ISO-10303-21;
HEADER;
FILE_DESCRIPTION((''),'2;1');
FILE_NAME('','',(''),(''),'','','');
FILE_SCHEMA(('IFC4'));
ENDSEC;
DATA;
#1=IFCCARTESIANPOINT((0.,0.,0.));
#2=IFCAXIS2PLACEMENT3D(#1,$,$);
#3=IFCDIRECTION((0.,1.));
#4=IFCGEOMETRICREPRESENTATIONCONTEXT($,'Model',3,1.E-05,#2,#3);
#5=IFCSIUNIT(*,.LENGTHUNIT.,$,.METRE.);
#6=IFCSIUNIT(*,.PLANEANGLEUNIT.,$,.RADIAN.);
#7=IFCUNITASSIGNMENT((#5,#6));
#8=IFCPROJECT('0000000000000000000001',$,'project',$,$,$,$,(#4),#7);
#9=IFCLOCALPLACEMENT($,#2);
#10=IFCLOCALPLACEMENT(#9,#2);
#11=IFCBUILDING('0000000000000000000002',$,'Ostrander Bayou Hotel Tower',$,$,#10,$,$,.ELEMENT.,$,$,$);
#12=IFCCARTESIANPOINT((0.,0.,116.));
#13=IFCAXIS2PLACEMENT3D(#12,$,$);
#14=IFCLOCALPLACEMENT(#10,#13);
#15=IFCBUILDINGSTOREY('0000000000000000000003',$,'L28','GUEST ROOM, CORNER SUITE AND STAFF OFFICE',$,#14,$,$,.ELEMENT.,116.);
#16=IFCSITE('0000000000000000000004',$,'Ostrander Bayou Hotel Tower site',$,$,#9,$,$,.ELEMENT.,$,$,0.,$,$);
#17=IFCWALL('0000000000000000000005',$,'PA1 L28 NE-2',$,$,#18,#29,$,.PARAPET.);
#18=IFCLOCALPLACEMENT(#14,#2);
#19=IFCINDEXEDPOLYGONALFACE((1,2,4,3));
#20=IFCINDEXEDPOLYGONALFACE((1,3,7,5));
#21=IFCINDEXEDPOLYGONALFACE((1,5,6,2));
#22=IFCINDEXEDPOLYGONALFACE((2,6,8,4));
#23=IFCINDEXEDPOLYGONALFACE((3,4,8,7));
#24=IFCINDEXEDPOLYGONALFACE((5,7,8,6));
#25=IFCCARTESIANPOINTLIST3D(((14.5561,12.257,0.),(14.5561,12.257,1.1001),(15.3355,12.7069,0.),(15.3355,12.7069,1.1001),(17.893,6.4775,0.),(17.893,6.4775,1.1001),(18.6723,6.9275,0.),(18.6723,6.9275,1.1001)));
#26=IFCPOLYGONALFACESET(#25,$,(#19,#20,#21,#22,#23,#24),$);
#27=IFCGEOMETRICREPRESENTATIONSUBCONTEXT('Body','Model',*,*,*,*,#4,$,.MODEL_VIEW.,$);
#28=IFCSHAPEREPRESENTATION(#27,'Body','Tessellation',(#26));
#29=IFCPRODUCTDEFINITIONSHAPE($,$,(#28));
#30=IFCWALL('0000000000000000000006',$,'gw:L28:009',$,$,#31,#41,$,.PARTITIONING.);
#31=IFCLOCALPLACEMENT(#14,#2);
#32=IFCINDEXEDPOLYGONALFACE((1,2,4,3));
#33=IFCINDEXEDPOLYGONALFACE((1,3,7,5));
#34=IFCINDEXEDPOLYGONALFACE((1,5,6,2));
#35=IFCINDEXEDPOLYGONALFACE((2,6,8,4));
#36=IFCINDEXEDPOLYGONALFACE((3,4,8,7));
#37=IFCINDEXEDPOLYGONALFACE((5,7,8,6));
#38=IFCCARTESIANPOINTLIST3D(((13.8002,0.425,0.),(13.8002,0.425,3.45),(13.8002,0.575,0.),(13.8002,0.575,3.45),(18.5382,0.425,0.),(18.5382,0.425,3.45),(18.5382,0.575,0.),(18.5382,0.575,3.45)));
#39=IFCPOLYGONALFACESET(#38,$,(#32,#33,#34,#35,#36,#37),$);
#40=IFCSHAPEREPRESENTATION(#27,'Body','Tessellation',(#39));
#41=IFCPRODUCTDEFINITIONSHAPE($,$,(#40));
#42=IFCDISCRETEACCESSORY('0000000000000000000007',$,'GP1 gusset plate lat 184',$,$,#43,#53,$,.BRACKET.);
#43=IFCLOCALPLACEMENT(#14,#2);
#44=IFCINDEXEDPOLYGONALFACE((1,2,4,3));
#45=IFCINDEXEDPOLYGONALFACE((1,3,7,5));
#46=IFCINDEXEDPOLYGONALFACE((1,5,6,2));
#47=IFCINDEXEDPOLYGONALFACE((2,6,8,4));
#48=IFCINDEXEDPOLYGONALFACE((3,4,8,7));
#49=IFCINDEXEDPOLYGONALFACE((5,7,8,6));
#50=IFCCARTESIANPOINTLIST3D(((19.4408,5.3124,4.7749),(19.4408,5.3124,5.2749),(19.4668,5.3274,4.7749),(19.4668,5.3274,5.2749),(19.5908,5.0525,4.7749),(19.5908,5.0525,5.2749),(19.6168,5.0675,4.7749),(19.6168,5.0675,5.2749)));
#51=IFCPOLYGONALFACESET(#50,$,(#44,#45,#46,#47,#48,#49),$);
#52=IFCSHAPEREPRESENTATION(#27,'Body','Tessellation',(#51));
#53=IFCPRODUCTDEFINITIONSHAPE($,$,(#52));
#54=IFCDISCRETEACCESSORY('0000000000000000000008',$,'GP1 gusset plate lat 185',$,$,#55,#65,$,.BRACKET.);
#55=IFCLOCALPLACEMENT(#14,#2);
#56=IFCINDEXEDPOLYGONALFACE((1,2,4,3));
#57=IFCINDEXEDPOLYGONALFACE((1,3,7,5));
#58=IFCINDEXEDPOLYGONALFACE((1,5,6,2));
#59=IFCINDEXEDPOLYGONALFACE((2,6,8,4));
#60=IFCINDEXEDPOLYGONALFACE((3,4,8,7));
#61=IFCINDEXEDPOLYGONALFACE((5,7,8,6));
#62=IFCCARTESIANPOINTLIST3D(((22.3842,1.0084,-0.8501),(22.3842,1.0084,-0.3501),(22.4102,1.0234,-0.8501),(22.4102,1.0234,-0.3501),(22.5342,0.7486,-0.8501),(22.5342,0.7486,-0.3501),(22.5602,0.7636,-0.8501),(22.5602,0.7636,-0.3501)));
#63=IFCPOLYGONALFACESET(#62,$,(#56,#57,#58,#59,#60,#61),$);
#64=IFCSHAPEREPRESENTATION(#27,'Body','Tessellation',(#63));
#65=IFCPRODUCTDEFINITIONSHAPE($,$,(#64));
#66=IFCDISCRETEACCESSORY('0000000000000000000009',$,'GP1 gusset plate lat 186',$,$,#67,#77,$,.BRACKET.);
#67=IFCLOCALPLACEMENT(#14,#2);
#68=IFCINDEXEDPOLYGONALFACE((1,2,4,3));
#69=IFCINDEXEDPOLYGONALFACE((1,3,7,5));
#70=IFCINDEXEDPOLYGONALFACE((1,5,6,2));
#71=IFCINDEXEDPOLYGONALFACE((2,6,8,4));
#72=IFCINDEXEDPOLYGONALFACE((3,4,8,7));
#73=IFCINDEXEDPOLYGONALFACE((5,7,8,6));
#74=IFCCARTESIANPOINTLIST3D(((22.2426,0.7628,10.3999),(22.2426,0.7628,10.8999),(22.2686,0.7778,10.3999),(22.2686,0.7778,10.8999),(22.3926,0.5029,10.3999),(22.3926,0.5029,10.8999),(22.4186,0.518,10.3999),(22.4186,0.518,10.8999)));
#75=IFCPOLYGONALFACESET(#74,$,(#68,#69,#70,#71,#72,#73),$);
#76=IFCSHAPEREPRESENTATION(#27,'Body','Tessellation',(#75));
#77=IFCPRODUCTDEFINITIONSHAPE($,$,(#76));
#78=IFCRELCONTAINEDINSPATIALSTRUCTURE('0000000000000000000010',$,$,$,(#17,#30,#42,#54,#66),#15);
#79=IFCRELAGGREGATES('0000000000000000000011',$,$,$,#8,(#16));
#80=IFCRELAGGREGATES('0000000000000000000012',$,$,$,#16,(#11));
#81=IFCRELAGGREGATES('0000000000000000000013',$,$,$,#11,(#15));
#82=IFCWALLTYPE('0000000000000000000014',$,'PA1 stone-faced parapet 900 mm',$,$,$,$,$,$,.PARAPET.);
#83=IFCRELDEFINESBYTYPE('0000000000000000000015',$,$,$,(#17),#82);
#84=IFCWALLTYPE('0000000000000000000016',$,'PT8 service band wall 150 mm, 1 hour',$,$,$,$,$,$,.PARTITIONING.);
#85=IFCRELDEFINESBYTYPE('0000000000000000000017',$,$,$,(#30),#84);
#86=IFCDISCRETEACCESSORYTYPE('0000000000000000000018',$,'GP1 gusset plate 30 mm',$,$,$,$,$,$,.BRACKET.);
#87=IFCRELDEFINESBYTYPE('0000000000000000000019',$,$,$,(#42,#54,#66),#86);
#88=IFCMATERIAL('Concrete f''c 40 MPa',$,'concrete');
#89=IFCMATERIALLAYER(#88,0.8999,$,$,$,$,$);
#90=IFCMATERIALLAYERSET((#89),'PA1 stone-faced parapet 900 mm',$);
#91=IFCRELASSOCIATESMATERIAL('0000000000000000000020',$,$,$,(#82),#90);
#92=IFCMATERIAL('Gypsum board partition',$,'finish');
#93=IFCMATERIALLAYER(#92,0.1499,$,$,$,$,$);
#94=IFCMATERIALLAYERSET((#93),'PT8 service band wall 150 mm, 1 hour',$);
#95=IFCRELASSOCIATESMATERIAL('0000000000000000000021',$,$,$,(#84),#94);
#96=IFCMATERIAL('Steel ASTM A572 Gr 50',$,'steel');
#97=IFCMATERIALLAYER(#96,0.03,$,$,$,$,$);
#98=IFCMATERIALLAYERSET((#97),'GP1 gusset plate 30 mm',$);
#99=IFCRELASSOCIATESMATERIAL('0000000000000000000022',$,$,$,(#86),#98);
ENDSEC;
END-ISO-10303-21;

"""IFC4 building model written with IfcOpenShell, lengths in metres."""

from ifc_helpers import new_model, si_unit, direction, frame, frame_2d, origin, origin_2d, place, context, subcontext, project, spatial, rectangle, extrude, material, layer, layer_set, type_object, element, save


model = new_model("IFC4")

# Units and contexts
model_context = context("Model", 3, precision=1e-05, world=origin(), true_north=direction((0.0, 1.0)))
body_context = subcontext(model_context, "Body", "Model", "MODEL_VIEW")
ifc_project = project(units=[si_unit("LENGTHUNIT", "METRE"), si_unit("PLANEANGLEUNIT", "RADIAN")], contexts=[model_context])

# Site, building, storey
site_placement = place(None, origin())
site = spatial("IfcSite", under=ifc_project, at=site_placement, Name="Ostrander Bayou Hotel Tower site", CompositionType="ELEMENT", RefElevation=0.0)
building_placement = place(site_placement, origin())
building = spatial("IfcBuilding", under=site, at=building_placement, Name="Ostrander Bayou Hotel Tower", CompositionType="ELEMENT")
storey_placement = place(building_placement, frame((0.0, 0.0, 116.0)))
storey = spatial("IfcBuildingStorey", under=building, at=storey_placement, Name="L28", Description="GUEST ROOM, CORNER SUITE AND STAFF OFFICE", CompositionType="ELEMENT", Elevation=116.0)

# Walls
ifc_material_1 = material(Name="Concrete f'c 40 MPa", Category="concrete")
ifc_layer_1 = layer(ifc_material_1, 0.8999)
ifc_layer_set_1 = layer_set([ifc_layer_1], Name="PA1 stone-faced parapet 900 mm")
wall_type_1 = type_object("IfcWallType", Name="PA1 stone-faced parapet 900 mm", PredefinedType="PARAPET", material=ifc_layer_set_1)
wall_1_placement = place(storey_placement, frame((18.2827, 6.7024, 0.0), z_axis=(0.0, 0.0, 1.0), x_axis=(-0.500011, 0.866019, 0.0)))
element("IfcWall", 1, at=wall_1_placement, inside=storey, type_object=wall_type_1, Name="PA1 L28 NE-2", PredefinedType="PARAPET", context=body_context, shape_type="SweptSolid", body=[
    extrude(rectangle(XDim=6.6736, YDim=0.8999, at=frame_2d((3.3369, 0.0))), origin(), (0.0, 0.0, 1.0), 1.1001),
])
ifc_material_2 = material(Name="Gypsum board partition", Category="finish")
ifc_layer_2 = layer(ifc_material_2, 0.1499)
ifc_layer_set_2 = layer_set([ifc_layer_2], Name="PT8 service band wall 150 mm, 1 hour")
wall_type_2 = type_object("IfcWallType", Name="PT8 service band wall 150 mm, 1 hour", PredefinedType="PARTITIONING", material=ifc_layer_set_2)
wall_2_placement = place(storey_placement, frame((13.8, 0.5, 0.0), z_axis=(0.0, 0.0, 1.0), x_axis=(1.0, 0.0, 0.0)))
element("IfcWall", 2, at=wall_2_placement, inside=storey, type_object=wall_type_2, Name="gw:L28:009", PredefinedType="PARTITIONING", context=body_context, shape_type="SweptSolid", body=[
    extrude(rectangle(XDim=4.738, YDim=0.1499, at=frame_2d((2.3691, 0.0))), origin(), (0.0, 0.0, 1.0), 3.45),
])

# Discrete accessories
ifc_material_3 = material(Name="Steel ASTM A572 Gr 50", Category="steel")
ifc_layer_3 = layer(ifc_material_3, 0.03)
ifc_layer_set_3 = layer_set([ifc_layer_3], Name="GP1 gusset plate 30 mm")
discrete_accessory_type = type_object("IfcDiscreteAccessoryType", Name="GP1 gusset plate 30 mm", PredefinedType="BRACKET", material=ifc_layer_set_3)
for number, where, z_axis, x_axis, name in (
    (3, (19.5288, 5.1899, 4.7749), (0.0, 0.0, 1.0), (-0.5, 0.866025, 0.0), "GP1 gusset plate lat 184"),
    (4, (22.4722, 0.886, -0.8501), (0.0, 0.0, 1.0), (-0.5, 0.866025, 0.0), "GP1 gusset plate lat 185"),
    (5, (22.3306, 0.6404, 10.3999), (0.0, 0.0, 1.0), (-0.5, 0.866025, 0.0), "GP1 gusset plate lat 186"),
):
    element("IfcDiscreteAccessory", number, at=place(storey_placement, frame(where, z_axis=z_axis, x_axis=x_axis)), inside=storey, type_object=discrete_accessory_type, Name=name, PredefinedType="BRACKET", context=body_context, shape_type="SweptSolid", body=[
        extrude(rectangle(XDim=0.3, YDim=0.03, at=origin_2d()), origin(), (0.0, 0.0, 1.0), 0.5),
    ])

save(model, "model.ifc")
